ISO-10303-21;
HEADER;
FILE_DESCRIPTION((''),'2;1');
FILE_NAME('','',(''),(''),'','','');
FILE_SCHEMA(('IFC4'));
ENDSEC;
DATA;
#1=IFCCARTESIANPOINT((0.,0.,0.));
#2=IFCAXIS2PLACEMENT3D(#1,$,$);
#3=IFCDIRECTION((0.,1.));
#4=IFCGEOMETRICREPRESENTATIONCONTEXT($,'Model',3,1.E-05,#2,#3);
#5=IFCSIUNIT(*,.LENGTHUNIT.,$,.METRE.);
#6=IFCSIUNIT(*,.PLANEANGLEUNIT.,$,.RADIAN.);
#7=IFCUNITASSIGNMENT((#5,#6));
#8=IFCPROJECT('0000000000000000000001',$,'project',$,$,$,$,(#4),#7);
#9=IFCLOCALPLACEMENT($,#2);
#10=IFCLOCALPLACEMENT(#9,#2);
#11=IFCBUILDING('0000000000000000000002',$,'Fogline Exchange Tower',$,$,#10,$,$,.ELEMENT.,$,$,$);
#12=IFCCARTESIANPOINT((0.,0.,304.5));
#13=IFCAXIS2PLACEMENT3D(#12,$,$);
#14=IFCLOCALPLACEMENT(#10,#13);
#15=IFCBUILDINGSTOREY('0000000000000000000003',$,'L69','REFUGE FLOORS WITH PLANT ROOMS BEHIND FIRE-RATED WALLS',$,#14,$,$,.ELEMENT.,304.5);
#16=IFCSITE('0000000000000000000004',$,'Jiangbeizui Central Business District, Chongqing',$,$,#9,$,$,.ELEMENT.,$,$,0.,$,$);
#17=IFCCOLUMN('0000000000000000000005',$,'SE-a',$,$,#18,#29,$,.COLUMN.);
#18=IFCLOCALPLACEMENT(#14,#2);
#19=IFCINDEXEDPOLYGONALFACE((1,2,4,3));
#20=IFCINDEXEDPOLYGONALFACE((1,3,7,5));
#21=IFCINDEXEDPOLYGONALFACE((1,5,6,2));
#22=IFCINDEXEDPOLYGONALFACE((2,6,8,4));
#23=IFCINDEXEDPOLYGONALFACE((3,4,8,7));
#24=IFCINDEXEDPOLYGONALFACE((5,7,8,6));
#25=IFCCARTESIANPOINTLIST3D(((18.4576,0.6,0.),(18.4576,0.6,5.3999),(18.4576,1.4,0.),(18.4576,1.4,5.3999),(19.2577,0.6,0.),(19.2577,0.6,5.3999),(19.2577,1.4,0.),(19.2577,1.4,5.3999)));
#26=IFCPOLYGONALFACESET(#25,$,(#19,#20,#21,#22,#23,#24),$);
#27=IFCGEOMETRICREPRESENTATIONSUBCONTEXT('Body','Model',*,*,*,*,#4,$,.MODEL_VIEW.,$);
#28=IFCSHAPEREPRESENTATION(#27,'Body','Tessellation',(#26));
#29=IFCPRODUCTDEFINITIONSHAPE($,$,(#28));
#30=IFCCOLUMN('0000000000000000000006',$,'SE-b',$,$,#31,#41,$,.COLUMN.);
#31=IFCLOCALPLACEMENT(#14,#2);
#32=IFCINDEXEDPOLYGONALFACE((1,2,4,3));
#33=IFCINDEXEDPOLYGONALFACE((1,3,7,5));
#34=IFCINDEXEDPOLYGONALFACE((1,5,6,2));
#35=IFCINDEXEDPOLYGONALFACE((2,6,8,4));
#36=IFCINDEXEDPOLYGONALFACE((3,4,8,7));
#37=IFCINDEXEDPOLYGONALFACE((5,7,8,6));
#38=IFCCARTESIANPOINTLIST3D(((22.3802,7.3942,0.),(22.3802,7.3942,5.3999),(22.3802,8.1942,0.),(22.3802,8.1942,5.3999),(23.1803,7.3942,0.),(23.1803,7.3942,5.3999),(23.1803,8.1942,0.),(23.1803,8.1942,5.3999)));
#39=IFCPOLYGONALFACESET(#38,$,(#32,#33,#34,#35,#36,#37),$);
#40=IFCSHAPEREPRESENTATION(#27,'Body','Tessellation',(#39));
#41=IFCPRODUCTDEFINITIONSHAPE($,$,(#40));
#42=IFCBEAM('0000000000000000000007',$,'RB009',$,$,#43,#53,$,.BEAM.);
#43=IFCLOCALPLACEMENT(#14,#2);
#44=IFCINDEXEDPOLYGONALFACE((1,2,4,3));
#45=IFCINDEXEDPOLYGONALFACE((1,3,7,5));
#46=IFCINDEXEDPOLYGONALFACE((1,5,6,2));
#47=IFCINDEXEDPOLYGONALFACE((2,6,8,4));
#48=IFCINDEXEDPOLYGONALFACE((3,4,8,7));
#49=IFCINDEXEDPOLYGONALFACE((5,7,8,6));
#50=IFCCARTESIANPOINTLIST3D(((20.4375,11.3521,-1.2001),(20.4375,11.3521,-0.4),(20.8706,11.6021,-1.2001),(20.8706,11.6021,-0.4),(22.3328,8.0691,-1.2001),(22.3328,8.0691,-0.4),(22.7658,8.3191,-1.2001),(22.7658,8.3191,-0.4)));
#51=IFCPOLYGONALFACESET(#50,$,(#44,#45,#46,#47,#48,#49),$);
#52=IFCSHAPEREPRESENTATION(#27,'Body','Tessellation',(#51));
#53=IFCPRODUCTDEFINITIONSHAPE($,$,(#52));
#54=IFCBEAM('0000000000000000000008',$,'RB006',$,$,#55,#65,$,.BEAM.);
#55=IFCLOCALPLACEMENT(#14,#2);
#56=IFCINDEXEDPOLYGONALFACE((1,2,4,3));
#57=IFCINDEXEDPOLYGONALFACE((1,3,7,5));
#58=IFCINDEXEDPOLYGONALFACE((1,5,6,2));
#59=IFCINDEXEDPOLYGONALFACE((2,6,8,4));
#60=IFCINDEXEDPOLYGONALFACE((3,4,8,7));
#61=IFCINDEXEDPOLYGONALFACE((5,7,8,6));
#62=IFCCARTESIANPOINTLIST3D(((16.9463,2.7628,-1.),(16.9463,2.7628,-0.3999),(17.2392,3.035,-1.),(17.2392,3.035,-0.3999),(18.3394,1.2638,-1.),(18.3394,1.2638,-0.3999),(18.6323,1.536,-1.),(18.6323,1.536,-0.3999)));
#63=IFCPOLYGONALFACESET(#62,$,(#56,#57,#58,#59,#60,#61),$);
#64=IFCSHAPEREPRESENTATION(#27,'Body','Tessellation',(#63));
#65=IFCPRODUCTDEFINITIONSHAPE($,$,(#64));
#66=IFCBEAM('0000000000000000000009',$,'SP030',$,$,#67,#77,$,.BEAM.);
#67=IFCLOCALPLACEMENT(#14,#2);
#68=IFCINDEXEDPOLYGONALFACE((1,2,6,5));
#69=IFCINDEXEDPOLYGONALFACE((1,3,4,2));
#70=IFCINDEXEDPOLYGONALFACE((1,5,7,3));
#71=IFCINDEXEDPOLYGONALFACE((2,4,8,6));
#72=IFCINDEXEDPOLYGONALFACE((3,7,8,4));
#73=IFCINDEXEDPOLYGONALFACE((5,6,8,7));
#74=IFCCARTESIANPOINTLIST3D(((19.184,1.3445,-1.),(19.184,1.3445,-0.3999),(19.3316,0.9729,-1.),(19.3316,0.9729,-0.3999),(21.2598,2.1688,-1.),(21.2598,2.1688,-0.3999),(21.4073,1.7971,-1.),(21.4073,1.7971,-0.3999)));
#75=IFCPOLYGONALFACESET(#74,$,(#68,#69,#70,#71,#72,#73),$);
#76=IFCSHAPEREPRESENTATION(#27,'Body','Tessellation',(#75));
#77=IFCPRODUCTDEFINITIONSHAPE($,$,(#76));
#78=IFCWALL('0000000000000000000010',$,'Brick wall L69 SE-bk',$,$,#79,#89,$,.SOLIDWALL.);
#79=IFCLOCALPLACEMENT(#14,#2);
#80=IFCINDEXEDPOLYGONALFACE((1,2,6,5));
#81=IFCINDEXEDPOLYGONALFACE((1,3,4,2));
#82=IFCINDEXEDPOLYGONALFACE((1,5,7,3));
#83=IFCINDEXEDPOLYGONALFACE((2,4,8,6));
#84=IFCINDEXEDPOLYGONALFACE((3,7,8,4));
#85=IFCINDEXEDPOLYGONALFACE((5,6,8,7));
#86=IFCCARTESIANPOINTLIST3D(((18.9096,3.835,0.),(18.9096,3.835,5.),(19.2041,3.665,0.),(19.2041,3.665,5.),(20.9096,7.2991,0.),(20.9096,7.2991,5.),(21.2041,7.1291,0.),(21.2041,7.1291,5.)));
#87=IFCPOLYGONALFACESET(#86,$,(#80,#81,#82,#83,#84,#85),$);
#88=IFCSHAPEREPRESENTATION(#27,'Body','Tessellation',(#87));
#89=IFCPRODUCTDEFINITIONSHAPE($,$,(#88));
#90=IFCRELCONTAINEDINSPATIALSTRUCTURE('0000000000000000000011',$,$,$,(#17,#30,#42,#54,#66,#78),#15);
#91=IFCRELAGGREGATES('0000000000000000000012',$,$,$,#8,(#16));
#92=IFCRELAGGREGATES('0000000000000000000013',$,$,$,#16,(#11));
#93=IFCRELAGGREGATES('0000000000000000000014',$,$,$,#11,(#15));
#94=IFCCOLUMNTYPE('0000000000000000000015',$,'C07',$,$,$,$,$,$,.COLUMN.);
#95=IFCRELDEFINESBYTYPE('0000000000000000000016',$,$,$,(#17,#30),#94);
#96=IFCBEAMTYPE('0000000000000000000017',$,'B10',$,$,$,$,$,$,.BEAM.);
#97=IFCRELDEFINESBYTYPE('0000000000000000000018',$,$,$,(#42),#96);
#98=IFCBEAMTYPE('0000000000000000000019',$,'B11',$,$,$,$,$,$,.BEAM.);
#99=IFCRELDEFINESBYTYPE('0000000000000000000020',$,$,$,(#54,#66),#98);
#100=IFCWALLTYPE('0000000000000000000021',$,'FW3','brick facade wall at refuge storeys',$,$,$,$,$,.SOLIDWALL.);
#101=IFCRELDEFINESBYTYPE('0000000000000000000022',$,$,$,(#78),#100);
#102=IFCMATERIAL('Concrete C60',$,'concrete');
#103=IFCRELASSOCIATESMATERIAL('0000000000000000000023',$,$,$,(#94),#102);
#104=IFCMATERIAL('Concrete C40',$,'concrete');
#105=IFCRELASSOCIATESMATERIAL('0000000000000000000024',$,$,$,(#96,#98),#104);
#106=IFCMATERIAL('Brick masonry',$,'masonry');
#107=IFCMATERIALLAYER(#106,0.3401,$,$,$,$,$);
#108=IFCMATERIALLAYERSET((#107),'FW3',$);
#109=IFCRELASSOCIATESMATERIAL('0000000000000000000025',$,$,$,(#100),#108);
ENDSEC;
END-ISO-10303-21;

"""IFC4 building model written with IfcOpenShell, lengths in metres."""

from ifc_helpers import new_model, si_unit, direction, frame, frame_2d, origin, origin_2d, place, context, subcontext, project, spatial, rectangle, extrude, material, layer, layer_set, material_profile, profile_set, type_object, element, save


model = new_model("IFC4")

# Units and contexts
model_context = context("Model", 3, precision=1e-05, world=origin(), true_north=direction((0.0, 1.0)))
body_context = subcontext(model_context, "Body", "Model", "MODEL_VIEW")
ifc_project = project(units=[si_unit("LENGTHUNIT", "METRE"), si_unit("PLANEANGLEUNIT", "RADIAN")], contexts=[model_context])

# Site, building, storey
site_placement = place(None, origin())
site = spatial("IfcSite", under=ifc_project, at=site_placement, Name="Jiangbeizui Central Business District, Chongqing", CompositionType="ELEMENT", RefElevation=0.0)
building_placement = place(site_placement, origin())
building = spatial("IfcBuilding", under=site, at=building_placement, Name="Fogline Exchange Tower", CompositionType="ELEMENT")
storey_placement = place(building_placement, frame((0.0, 0.0, 304.5)))
storey = spatial("IfcBuildingStorey", under=building, at=storey_placement, Name="L69", Description="REFUGE FLOORS WITH PLANT ROOMS BEHIND FIRE-RATED WALLS", CompositionType="ELEMENT", Elevation=304.5)

# Columns
ifc_material_1 = material(Name="Concrete C60", Category="concrete")
ifc_material_profile_1 = material_profile(ifc_material_1, rectangle(XDim=0.8, YDim=0.8, at=origin_2d()), Name="RC 800x800")
ifc_profile_set_1 = profile_set([ifc_material_profile_1], Name="Concrete C60")
column_type = type_object("IfcColumnType", Name="C07", PredefinedType="COLUMN", material=ifc_profile_set_1)
for number, where, z_axis, x_axis, name in (
    (1, (18.8577, 1.0, 0.0), (0.0, 0.0, 1.0), (1.0, 0.0, 0.0), "SE-a"),
    (2, (22.7803, 7.7942, 0.0), (0.0, 0.0, 1.0), (1.0, 0.0, 0.0), "SE-b"),
):
    element("IfcColumn", number, at=place(storey_placement, frame(where, z_axis=z_axis, x_axis=x_axis)), inside=storey, type_object=column_type, Name=name, PredefinedType="COLUMN", context=body_context, shape_type="SweptSolid", body=[
        extrude(rectangle(XDim=0.8, YDim=0.8, at=origin_2d()), origin(), (0.0, 0.0, 1.0), 5.3999),
    ])

# Beams
ifc_material_2 = material(Name="Concrete C40", Category="concrete")
ifc_material_profile_2 = material_profile(ifc_material_2, rectangle(XDim=0.5, YDim=0.8, at=origin_2d()), Name="RC 500x800")
ifc_profile_set_2 = profile_set([ifc_material_profile_2], Name="Concrete C40")
beam_type_1 = type_object("IfcBeamType", Name="B10", PredefinedType="BEAM", material=ifc_profile_set_2)
beam_1_placement = place(storey_placement, frame((22.5493, 8.1941, -0.8), z_axis=(-0.49997, 0.866043, 0.0), x_axis=(-0.866043, -0.49997, 0.0)))
element("IfcBeam", 3, at=beam_1_placement, inside=storey, type_object=beam_type_1, Name="RB009", PredefinedType="BEAM", context=body_context, shape_type="SweptSolid", body=[
    extrude(rectangle(XDim=0.5, YDim=0.8, at=origin_2d()), origin(), (0.0, 0.0, 1.0), 3.7908),
])
ifc_material_profile_3 = material_profile(ifc_material_2, rectangle(XDim=0.3999, YDim=0.6001, at=origin_2d()), Name="RC 400x600")
ifc_profile_set_3 = profile_set([ifc_material_profile_3], Name="Concrete C40")
beam_type_2 = type_object("IfcBeamType", Name="B11", PredefinedType="BEAM", material=ifc_profile_set_3)
beam_2_placement = place(storey_placement, frame((18.4858, 1.3999, -0.7), z_axis=(-0.680744, 0.732521, 0.0), x_axis=(-0.732521, -0.680744, 0.0)))
element("IfcBeam", 4, at=beam_2_placement, inside=storey, type_object=beam_type_2, Name="RB006", PredefinedType="BEAM", context=body_context, shape_type="SweptSolid", body=[
    extrude(rectangle(XDim=0.3999, YDim=0.6001, at=origin_2d()), origin(), (0.0, 0.0, 1.0), 2.0464),
])
beam_3_placement = place(storey_placement, frame((19.2578, 1.1587, -0.7), z_axis=(0.929409, 0.369052, 0.0), x_axis=(-0.369052, 0.929409, 0.0)))
element("IfcBeam", 5, at=beam_3_placement, inside=storey, type_object=beam_type_2, Name="SP030", PredefinedType="BEAM", context=body_context, shape_type="SweptSolid", body=[
    extrude(rectangle(XDim=0.3999, YDim=0.6001, at=origin_2d()), origin(), (0.0, 0.0, 1.0), 2.2334),
])

# Wall
ifc_material_3 = material(Name="Brick masonry", Category="masonry")
ifc_layer = layer(ifc_material_3, 0.3401)
ifc_layer_set = layer_set([ifc_layer], Name="FW3")
wall_type = type_object("IfcWallType", Name="FW3", Description="brick facade wall at refuge storeys", PredefinedType="SOLIDWALL", material=ifc_layer_set)
wall_1_placement = place(storey_placement, frame((19.0569, 3.75, 0.0), z_axis=(0.0, 0.0, 1.0), x_axis=(0.499999, 0.866026, 0.0)))
element("IfcWall", 6, at=wall_1_placement, inside=storey, type_object=wall_type, Name="Brick wall L69 SE-bk", PredefinedType="SOLIDWALL", context=body_context, shape_type="SweptSolid", body=[
    extrude(rectangle(XDim=4.0, YDim=0.3401, at=frame_2d((2.0, 0.0))), origin(), (0.0, 0.0, 1.0), 5.0),
])

save(model, "model.ifc")
